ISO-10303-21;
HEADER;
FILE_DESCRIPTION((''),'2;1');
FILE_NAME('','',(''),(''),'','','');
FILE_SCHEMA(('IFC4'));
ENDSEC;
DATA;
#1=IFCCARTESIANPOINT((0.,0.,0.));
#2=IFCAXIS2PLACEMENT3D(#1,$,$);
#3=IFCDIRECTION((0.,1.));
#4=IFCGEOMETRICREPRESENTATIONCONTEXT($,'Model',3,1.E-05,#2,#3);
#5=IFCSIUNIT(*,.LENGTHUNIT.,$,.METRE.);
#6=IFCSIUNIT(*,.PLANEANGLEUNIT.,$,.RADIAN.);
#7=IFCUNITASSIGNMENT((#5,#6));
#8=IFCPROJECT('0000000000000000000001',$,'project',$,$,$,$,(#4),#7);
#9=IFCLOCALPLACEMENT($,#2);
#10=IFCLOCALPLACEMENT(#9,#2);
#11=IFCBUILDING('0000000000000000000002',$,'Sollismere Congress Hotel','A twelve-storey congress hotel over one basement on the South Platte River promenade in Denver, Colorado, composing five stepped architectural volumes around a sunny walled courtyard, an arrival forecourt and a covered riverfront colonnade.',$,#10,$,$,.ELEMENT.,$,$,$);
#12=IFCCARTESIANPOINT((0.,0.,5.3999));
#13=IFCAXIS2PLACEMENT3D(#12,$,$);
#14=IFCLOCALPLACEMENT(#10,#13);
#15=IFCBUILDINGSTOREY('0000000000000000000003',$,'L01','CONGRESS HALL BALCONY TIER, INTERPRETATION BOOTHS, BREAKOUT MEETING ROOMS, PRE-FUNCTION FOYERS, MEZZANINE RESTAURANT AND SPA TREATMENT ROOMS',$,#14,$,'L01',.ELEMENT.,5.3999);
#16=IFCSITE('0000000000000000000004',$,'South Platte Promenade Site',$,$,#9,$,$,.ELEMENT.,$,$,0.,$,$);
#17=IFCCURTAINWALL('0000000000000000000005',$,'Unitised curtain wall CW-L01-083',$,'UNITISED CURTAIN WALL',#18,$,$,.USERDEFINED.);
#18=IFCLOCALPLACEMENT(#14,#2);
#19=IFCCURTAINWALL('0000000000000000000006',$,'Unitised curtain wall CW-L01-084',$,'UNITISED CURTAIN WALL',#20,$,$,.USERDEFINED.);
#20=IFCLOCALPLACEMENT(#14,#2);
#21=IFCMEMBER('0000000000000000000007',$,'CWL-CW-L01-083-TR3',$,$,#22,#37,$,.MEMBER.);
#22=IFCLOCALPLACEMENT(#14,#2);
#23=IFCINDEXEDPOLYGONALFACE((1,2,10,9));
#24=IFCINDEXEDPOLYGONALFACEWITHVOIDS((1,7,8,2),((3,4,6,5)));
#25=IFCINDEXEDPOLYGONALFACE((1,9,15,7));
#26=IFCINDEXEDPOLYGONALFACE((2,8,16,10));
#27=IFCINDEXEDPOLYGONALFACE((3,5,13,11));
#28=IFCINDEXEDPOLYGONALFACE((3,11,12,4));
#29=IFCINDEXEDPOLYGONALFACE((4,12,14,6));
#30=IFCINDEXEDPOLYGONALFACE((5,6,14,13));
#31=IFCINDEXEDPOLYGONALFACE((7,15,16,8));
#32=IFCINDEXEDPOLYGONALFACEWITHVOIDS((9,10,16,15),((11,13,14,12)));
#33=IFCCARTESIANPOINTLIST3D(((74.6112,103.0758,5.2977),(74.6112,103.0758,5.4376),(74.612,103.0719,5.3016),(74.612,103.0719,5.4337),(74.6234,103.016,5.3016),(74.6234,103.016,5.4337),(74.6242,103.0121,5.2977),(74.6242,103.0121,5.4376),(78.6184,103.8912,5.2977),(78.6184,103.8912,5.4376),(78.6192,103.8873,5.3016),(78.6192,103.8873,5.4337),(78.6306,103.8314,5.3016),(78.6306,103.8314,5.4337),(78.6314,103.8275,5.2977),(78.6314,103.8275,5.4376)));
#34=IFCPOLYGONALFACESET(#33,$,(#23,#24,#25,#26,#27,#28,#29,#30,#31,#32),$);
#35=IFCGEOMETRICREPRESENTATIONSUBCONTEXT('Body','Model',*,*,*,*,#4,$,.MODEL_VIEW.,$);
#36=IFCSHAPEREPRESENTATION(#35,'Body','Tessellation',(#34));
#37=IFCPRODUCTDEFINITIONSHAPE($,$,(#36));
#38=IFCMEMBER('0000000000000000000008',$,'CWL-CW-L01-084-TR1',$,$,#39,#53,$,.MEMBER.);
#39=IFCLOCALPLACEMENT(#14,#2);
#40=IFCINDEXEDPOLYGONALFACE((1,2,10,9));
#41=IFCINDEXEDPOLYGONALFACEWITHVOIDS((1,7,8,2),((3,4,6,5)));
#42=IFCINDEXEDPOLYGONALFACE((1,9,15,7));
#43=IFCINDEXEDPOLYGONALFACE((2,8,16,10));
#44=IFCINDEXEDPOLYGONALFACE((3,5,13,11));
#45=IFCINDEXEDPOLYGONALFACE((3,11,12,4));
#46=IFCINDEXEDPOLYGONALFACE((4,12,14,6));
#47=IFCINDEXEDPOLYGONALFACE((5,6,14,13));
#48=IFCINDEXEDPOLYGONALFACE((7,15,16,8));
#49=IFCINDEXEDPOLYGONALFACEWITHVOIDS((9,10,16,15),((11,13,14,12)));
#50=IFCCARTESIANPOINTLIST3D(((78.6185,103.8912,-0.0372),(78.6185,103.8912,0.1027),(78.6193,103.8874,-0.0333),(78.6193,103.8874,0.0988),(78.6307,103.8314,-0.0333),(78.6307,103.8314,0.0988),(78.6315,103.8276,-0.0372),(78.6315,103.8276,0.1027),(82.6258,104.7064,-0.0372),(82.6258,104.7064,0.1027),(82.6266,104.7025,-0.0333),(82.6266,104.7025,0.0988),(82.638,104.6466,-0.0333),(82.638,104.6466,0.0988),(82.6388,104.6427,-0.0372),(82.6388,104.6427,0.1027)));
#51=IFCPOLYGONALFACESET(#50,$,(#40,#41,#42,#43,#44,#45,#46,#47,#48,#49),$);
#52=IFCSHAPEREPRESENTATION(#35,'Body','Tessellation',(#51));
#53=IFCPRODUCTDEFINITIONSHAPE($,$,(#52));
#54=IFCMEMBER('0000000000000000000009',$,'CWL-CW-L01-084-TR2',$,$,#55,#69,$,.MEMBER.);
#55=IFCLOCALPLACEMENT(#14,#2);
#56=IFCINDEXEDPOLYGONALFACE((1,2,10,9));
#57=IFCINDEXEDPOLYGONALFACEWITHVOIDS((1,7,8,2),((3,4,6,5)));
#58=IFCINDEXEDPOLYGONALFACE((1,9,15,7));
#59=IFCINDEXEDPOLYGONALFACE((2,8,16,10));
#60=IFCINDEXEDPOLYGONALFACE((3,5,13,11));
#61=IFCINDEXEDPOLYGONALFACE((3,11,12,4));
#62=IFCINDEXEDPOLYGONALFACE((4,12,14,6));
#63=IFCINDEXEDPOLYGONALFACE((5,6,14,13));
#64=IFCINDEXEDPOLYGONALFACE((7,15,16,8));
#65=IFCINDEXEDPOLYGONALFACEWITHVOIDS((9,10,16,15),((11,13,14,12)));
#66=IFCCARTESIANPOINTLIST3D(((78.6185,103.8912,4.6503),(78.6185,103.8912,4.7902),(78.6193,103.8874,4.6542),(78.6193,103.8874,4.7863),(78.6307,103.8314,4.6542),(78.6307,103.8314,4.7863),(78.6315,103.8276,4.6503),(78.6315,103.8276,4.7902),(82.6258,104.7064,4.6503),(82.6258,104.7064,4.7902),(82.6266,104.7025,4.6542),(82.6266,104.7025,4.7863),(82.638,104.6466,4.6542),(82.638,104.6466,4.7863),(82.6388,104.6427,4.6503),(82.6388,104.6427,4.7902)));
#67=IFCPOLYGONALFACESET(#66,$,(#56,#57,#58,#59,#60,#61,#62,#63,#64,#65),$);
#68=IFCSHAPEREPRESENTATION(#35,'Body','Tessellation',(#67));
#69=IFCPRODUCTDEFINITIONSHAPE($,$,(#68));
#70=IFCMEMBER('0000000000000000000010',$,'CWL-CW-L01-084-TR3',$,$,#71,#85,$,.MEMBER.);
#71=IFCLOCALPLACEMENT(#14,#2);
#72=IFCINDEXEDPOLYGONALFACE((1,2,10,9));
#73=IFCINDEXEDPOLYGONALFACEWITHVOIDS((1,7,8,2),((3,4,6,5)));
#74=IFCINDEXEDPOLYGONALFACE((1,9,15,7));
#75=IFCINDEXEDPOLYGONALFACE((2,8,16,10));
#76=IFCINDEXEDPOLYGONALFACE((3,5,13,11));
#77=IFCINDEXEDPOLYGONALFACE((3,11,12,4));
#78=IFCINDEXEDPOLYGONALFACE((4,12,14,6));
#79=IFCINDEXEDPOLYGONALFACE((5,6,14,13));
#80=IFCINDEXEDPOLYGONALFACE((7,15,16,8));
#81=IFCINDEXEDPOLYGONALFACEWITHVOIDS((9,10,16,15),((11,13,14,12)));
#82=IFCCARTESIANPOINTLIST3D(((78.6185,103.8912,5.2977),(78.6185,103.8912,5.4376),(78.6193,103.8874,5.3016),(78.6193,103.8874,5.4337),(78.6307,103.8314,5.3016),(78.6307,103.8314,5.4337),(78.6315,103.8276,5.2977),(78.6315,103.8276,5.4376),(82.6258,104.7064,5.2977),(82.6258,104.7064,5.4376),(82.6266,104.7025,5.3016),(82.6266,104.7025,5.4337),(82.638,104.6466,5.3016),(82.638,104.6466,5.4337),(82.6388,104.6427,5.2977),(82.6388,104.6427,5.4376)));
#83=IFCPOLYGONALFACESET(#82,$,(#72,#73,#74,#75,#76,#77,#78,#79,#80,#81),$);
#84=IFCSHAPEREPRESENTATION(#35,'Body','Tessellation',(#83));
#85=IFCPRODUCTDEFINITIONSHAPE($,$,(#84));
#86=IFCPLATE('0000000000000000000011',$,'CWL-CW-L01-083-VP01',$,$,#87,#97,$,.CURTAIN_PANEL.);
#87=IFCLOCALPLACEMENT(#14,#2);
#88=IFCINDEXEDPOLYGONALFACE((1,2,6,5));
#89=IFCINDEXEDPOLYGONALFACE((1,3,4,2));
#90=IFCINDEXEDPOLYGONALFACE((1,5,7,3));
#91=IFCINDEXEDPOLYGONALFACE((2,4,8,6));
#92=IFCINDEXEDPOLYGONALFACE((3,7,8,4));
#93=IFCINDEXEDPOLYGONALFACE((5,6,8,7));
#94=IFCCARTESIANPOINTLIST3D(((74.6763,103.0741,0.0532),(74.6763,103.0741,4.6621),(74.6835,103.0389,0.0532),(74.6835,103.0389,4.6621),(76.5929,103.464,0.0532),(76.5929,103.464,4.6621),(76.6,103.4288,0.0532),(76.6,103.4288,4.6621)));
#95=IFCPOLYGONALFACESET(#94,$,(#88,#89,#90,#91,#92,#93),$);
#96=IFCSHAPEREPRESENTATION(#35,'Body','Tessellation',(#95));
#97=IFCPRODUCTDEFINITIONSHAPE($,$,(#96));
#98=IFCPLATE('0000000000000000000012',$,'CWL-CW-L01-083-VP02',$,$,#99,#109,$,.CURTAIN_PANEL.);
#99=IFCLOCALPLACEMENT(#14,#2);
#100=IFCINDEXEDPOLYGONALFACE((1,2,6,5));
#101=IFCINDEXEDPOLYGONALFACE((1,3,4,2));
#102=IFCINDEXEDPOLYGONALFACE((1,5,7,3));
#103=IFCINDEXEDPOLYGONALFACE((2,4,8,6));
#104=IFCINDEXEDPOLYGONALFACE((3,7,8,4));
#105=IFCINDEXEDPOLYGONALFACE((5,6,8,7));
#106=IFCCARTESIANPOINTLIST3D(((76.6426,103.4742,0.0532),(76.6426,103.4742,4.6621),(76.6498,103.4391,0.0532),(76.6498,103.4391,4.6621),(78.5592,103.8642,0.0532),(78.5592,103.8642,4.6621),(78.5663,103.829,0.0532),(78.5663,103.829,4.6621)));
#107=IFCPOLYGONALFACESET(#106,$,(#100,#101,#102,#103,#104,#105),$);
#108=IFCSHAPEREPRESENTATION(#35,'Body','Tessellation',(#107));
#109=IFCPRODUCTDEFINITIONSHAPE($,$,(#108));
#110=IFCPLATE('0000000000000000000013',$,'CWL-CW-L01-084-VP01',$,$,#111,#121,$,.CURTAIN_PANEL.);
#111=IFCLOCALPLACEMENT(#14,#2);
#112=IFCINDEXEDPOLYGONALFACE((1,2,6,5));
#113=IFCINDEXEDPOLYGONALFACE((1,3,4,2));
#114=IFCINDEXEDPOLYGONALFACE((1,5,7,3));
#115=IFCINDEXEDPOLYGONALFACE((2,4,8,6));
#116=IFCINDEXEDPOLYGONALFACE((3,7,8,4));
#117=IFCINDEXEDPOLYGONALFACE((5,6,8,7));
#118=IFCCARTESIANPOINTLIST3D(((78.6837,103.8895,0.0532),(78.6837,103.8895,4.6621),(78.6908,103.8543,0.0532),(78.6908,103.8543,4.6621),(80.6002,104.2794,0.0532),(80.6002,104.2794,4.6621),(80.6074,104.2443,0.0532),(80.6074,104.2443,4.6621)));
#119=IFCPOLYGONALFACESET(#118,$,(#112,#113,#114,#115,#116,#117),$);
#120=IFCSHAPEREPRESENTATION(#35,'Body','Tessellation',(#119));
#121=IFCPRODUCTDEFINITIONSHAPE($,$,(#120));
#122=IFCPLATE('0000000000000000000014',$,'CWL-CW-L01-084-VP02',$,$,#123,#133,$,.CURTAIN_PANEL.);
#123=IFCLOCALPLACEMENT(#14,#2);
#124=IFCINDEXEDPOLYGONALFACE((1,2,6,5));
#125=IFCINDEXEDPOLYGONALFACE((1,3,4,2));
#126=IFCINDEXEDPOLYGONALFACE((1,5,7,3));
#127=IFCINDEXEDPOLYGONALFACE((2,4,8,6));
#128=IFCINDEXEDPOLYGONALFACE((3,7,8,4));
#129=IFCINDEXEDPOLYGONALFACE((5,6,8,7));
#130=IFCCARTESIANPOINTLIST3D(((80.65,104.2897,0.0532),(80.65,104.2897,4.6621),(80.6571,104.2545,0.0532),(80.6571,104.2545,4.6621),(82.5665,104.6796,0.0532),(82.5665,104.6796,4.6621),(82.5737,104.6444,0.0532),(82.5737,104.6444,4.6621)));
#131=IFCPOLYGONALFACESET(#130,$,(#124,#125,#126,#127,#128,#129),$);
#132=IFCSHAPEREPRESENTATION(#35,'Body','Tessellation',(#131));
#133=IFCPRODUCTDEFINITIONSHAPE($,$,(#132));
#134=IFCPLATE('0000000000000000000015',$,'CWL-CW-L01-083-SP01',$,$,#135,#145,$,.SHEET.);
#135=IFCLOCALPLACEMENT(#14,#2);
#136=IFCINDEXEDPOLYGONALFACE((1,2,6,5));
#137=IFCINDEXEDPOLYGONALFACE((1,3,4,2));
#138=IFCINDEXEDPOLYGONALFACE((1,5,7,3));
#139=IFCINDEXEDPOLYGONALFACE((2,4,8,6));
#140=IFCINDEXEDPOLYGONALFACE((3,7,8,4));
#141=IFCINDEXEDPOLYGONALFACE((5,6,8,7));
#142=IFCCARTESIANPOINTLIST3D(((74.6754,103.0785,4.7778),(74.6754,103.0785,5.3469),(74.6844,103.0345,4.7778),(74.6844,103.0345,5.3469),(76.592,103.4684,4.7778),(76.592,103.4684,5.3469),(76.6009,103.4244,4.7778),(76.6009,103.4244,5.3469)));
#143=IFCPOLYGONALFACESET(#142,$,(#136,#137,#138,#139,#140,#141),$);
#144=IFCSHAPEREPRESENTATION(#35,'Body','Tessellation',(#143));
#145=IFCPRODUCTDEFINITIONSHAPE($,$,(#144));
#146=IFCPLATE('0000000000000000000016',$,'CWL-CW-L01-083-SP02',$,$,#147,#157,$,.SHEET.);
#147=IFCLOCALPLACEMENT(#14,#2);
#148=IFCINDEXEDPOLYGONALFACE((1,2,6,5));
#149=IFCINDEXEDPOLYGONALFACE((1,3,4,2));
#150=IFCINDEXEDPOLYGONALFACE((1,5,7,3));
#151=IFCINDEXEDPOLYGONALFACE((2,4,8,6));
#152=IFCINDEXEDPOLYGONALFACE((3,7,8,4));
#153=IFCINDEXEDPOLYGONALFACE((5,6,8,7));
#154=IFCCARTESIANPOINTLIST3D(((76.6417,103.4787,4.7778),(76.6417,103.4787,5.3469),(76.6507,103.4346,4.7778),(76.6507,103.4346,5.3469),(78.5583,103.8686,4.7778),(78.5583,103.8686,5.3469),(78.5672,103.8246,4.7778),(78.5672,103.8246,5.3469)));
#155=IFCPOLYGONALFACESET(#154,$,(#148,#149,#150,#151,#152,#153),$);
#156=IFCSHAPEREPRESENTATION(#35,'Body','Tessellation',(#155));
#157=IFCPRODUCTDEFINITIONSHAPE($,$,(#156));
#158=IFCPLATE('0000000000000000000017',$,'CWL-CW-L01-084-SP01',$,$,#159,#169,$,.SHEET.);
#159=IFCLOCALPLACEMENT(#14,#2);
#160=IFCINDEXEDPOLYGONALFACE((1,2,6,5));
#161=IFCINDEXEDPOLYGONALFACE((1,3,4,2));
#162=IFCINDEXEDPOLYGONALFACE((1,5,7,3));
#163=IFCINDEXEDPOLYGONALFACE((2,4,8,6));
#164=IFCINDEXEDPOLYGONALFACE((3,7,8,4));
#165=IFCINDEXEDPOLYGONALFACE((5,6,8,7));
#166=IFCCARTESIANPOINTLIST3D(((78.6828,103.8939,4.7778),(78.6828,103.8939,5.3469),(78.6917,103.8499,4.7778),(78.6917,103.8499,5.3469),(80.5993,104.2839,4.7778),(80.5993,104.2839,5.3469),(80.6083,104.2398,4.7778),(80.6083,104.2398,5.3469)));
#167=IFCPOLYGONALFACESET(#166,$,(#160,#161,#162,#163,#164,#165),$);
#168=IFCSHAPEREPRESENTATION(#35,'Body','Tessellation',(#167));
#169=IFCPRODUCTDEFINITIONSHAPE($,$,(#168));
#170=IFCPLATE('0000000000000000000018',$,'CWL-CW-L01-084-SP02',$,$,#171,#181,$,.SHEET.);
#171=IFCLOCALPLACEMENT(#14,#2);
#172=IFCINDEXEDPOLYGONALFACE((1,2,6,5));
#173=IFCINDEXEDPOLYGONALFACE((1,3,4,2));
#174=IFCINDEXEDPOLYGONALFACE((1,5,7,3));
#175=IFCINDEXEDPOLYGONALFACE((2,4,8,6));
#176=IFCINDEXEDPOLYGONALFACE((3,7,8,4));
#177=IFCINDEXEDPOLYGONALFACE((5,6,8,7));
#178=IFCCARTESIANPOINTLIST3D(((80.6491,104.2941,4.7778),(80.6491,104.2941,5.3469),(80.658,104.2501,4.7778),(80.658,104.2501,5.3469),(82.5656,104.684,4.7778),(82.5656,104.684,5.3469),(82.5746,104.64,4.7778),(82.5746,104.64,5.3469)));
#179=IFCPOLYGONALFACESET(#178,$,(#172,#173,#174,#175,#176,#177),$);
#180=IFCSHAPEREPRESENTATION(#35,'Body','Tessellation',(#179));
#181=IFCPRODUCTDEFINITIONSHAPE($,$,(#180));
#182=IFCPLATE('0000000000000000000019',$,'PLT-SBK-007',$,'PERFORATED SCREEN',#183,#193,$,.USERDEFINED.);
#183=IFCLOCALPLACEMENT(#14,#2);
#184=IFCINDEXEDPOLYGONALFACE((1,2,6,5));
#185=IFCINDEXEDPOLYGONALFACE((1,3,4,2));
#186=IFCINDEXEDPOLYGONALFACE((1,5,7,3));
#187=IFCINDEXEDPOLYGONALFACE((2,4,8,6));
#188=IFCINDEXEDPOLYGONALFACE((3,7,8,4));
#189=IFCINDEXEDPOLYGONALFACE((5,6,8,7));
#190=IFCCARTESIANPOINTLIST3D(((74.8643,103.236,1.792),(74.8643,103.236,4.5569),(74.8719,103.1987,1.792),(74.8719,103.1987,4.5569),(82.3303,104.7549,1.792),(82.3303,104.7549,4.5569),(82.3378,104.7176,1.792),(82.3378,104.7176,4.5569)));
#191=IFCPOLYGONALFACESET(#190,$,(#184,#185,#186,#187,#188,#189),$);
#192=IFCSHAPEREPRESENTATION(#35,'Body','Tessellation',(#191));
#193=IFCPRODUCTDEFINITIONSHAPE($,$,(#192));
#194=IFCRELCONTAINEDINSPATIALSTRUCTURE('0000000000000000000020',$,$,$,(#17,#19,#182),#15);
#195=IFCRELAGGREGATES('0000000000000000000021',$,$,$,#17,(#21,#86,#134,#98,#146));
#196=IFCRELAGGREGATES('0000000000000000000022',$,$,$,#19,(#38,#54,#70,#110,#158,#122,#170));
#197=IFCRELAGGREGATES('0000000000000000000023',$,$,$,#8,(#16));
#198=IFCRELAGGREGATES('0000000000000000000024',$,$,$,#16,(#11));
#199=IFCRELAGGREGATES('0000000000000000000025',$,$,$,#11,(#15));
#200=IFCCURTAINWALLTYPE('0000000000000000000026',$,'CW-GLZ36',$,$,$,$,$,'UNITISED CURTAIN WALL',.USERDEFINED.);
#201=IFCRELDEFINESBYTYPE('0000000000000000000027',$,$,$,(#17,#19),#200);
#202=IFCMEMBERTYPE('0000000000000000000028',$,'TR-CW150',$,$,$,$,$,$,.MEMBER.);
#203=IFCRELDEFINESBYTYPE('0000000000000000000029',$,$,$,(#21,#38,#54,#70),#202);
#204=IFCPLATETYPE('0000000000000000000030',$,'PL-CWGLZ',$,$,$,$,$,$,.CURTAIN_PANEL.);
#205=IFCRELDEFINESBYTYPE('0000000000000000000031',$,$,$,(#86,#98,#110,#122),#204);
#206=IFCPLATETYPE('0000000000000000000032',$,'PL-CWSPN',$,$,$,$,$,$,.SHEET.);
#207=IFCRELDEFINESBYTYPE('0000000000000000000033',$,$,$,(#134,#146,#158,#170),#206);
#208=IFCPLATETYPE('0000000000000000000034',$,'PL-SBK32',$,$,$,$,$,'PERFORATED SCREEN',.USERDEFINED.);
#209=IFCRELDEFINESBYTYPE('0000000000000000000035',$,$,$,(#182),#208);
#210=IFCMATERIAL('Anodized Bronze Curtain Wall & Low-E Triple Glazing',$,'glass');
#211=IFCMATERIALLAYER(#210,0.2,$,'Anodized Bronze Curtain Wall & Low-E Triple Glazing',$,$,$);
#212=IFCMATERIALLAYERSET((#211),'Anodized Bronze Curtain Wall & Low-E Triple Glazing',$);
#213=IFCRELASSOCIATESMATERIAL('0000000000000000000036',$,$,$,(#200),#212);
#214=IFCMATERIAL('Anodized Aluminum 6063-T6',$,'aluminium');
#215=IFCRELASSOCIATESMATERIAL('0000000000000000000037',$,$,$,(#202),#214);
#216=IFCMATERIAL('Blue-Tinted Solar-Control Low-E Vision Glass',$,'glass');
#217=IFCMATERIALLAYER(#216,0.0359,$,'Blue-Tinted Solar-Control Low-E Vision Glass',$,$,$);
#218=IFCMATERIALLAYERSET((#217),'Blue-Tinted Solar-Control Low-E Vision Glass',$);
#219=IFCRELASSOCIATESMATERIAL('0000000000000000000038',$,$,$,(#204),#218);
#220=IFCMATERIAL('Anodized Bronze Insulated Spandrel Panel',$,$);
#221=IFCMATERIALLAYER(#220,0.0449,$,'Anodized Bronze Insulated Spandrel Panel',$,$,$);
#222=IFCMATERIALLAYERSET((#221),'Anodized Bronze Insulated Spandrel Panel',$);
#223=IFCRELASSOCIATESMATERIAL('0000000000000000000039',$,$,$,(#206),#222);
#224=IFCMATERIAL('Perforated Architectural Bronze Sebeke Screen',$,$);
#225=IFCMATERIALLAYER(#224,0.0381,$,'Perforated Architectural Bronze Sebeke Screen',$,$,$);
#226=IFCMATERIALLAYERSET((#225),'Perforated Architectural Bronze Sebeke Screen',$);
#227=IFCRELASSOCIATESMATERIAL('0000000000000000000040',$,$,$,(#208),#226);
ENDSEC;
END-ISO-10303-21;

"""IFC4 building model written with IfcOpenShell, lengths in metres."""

from ifc_helpers import new_model, si_unit, direction, frame, origin, origin_2d, place, context, subcontext, project, spatial, rectangle, hollow_rectangle, extrude, material, layer, layer_set, material_profile, profile_set, type_object, element, aggregate, save


model = new_model("IFC4")

# Units and contexts
model_context = context("Model", 3, precision=1e-05, world=origin(), true_north=direction((0.0, 1.0)))
body_context = subcontext(model_context, "Body", "Model", "MODEL_VIEW")
ifc_project = project(units=[si_unit("LENGTHUNIT", "METRE"), si_unit("PLANEANGLEUNIT", "RADIAN")], contexts=[model_context])

# Site, building, storey
site_placement = place(None, origin())
site = spatial("IfcSite", under=ifc_project, at=site_placement, Name="South Platte Promenade Site", CompositionType="ELEMENT", RefElevation=0.0)
building_placement = place(site_placement, origin())
building = spatial("IfcBuilding", under=site, at=building_placement, Name="Sollismere Congress Hotel", Description="A twelve-storey congress hotel over one basement on the South Platte River promenade in Denver, Colorado, composing five stepped architectural volumes around a sunny walled courtyard, an arrival forecourt and a covered riverfront colonnade.", CompositionType="ELEMENT")
storey_placement = place(building_placement, frame((0.0, 0.0, 5.3999)))
storey = spatial("IfcBuildingStorey", under=building, at=storey_placement, Name="L01", Description="CONGRESS HALL BALCONY TIER, INTERPRETATION BOOTHS, BREAKOUT MEETING ROOMS, PRE-FUNCTION FOYERS, MEZZANINE RESTAURANT AND SPA TREATMENT ROOMS", LongName="L01", CompositionType="ELEMENT", Elevation=5.3999)

# Curtain walls
ifc_material_1 = material(Name="Anodized Bronze Curtain Wall & Low-E Triple Glazing", Category="glass")
ifc_layer_1 = layer(ifc_material_1, 0.2, Name="Anodized Bronze Curtain Wall & Low-E Triple Glazing")
ifc_layer_set_1 = layer_set([ifc_layer_1], Name="Anodized Bronze Curtain Wall & Low-E Triple Glazing")
curtain_wall_type = type_object("IfcCurtainWallType", Name="CW-GLZ36", ElementType="UNITISED CURTAIN WALL", PredefinedType="USERDEFINED", material=ifc_layer_set_1)
curtain_wall_1_placement = place(storey_placement, origin())
curtain_wall_1 = element("IfcCurtainWall", 1, at=curtain_wall_1_placement, inside=storey, type_object=curtain_wall_type, Name="Unitised curtain wall CW-L01-083", ObjectType="UNITISED CURTAIN WALL", PredefinedType="USERDEFINED")
ifc_material_2 = material(Name="Anodized Aluminum 6063-T6", Category="aluminium")
curtain_wall_2_placement = place(storey_placement, origin())
curtain_wall_2 = element("IfcCurtainWall", 2, at=curtain_wall_2_placement, inside=storey, type_object=curtain_wall_type, Name="Unitised curtain wall CW-L01-084", ObjectType="UNITISED CURTAIN WALL", PredefinedType="USERDEFINED")

# Members
ifc_material_profile_1 = material_profile(ifc_material_2, hollow_rectangle(XDim=0.0649, YDim=0.1399, WallThickness=0.0039, at=origin_2d()), Name="ALU140X65X4")
ifc_profile_set_1 = profile_set([ifc_material_profile_1], Name="Anodized Aluminum 6063-T6")
member_type_1 = type_object("IfcMemberType", Name="TR-CW150", PredefinedType="MEMBER", material=ifc_profile_set_1)
member_1_placement = place(storey_placement, frame((74.6177, 103.0439, 5.3677), z_axis=(0.979918, 0.199399, 0.0), x_axis=(-0.199399, 0.979918, 0.0)))
member_1 = element("IfcMember", 3, at=member_1_placement, type_object=member_type_1, Name="CWL-CW-L01-083-TR3", PredefinedType="MEMBER", context=body_context, shape_type="SweptSolid", body=[
    extrude(hollow_rectangle(XDim=0.0649, YDim=0.1399, WallThickness=0.0039, at=origin_2d()), origin(), (0.0, 0.0, 1.0), 4.0894),
])
member_2_placement = place(storey_placement, frame((78.625, 103.8594, 0.0327), z_axis=(0.97993, 0.199341, 0.0), x_axis=(-0.199341, 0.97993, 0.0)))
member_2 = element("IfcMember", 4, at=member_2_placement, type_object=member_type_1, Name="CWL-CW-L01-084-TR1", PredefinedType="MEMBER", context=body_context, shape_type="SweptSolid", body=[
    extrude(hollow_rectangle(XDim=0.0649, YDim=0.1399, WallThickness=0.0039, at=origin_2d()), origin(), (0.0, 0.0, 1.0), 4.0894),
])
member_3_placement = place(storey_placement, frame((78.625, 103.8594, 4.7202), z_axis=(0.97993, 0.199341, 0.0), x_axis=(-0.199341, 0.97993, 0.0)))
member_3 = element("IfcMember", 5, at=member_3_placement, type_object=member_type_1, Name="CWL-CW-L01-084-TR2", PredefinedType="MEMBER", context=body_context, shape_type="SweptSolid", body=[
    extrude(hollow_rectangle(XDim=0.0649, YDim=0.1399, WallThickness=0.0039, at=origin_2d()), origin(), (0.0, 0.0, 1.0), 4.0894),
])
member_4_placement = place(storey_placement, frame((78.625, 103.8594, 5.3677), z_axis=(0.97993, 0.199341, 0.0), x_axis=(-0.199341, 0.97993, 0.0)))
member_4 = element("IfcMember", 6, at=member_4_placement, type_object=member_type_1, Name="CWL-CW-L01-084-TR3", PredefinedType="MEMBER", context=body_context, shape_type="SweptSolid", body=[
    extrude(hollow_rectangle(XDim=0.0649, YDim=0.1399, WallThickness=0.0039, at=origin_2d()), origin(), (0.0, 0.0, 1.0), 4.0894),
])

# Plates
ifc_material_3 = material(Name="Blue-Tinted Solar-Control Low-E Vision Glass", Category="glass")
ifc_layer_2 = layer(ifc_material_3, 0.0359, Name="Blue-Tinted Solar-Control Low-E Vision Glass")
ifc_layer_set_2 = layer_set([ifc_layer_2], Name="Blue-Tinted Solar-Control Low-E Vision Glass")
plate_type_1 = type_object("IfcPlateType", Name="PL-CWGLZ", PredefinedType="CURTAIN_PANEL", material=ifc_layer_set_2)
plate_1_placement = place(storey_placement, frame((75.6382, 103.2515, 0.0532), z_axis=(0.0, 0.0, 1.0), x_axis=(0.979925, 0.199368, 0.0)))
plate_1 = element("IfcPlate", 7, at=plate_1_placement, type_object=plate_type_1, Name="CWL-CW-L01-083-VP01", PredefinedType="CURTAIN_PANEL", context=body_context, shape_type="SweptSolid", body=[
    extrude(rectangle(XDim=1.9558, YDim=0.0359, at=origin_2d()), origin(), (0.0, 0.0, 1.0), 4.6089),
])
plate_2_placement = place(storey_placement, frame((77.6045, 103.6516, 0.0532), z_axis=(0.0, 0.0, 1.0), x_axis=(0.979925, 0.199368, 0.0)))
plate_2 = element("IfcPlate", 8, at=plate_2_placement, type_object=plate_type_1, Name="CWL-CW-L01-083-VP02", PredefinedType="CURTAIN_PANEL", context=body_context, shape_type="SweptSolid", body=[
    extrude(rectangle(XDim=1.9558, YDim=0.0359, at=origin_2d()), origin(), (0.0, 0.0, 1.0), 4.6089),
])
plate_3_placement = place(storey_placement, frame((79.6455, 104.0669, 0.0532), z_axis=(0.0, 0.0, 1.0), x_axis=(0.979925, 0.199368, 0.0)))
plate_3 = element("IfcPlate", 9, at=plate_3_placement, type_object=plate_type_1, Name="CWL-CW-L01-084-VP01", PredefinedType="CURTAIN_PANEL", context=body_context, shape_type="SweptSolid", body=[
    extrude(rectangle(XDim=1.9558, YDim=0.0359, at=origin_2d()), origin(), (0.0, 0.0, 1.0), 4.6089),
])
plate_4_placement = place(storey_placement, frame((81.6118, 104.467, 0.0532), z_axis=(0.0, 0.0, 1.0), x_axis=(0.979925, 0.199368, 0.0)))
plate_4 = element("IfcPlate", 10, at=plate_4_placement, type_object=plate_type_1, Name="CWL-CW-L01-084-VP02", PredefinedType="CURTAIN_PANEL", context=body_context, shape_type="SweptSolid", body=[
    extrude(rectangle(XDim=1.9558, YDim=0.0359, at=origin_2d()), origin(), (0.0, 0.0, 1.0), 4.6089),
])
ifc_material_4 = material(Name="Anodized Bronze Insulated Spandrel Panel")
ifc_layer_3 = layer(ifc_material_4, 0.0449, Name="Anodized Bronze Insulated Spandrel Panel")
ifc_layer_set_3 = layer_set([ifc_layer_3], Name="Anodized Bronze Insulated Spandrel Panel")
plate_type_2 = type_object("IfcPlateType", Name="PL-CWSPN", PredefinedType="SHEET", material=ifc_layer_set_3)
plate_5_placement = place(storey_placement, frame((75.6382, 103.2515, 4.7778), z_axis=(0.0, 0.0, 1.0), x_axis=(0.979925, 0.199368, 0.0)))
plate_5 = element("IfcPlate", 11, at=plate_5_placement, type_object=plate_type_2, Name="CWL-CW-L01-083-SP01", PredefinedType="SHEET", context=body_context, shape_type="SweptSolid", body=[
    extrude(rectangle(XDim=1.9558, YDim=0.0449, at=origin_2d()), origin(), (0.0, 0.0, 1.0), 0.5691),
])
plate_6_placement = place(storey_placement, frame((77.6045, 103.6516, 4.7778), z_axis=(0.0, 0.0, 1.0), x_axis=(0.979925, 0.199368, 0.0)))
plate_6 = element("IfcPlate", 12, at=plate_6_placement, type_object=plate_type_2, Name="CWL-CW-L01-083-SP02", PredefinedType="SHEET", context=body_context, shape_type="SweptSolid", body=[
    extrude(rectangle(XDim=1.9558, YDim=0.0449, at=origin_2d()), origin(), (0.0, 0.0, 1.0), 0.5691),
])
aggregate(curtain_wall_1, [member_1, plate_1, plate_5, plate_2, plate_6])
plate_7_placement = place(storey_placement, frame((79.6455, 104.0669, 4.7778), z_axis=(0.0, 0.0, 1.0), x_axis=(0.979925, 0.199368, 0.0)))
plate_7 = element("IfcPlate", 13, at=plate_7_placement, type_object=plate_type_2, Name="CWL-CW-L01-084-SP01", PredefinedType="SHEET", context=body_context, shape_type="SweptSolid", body=[
    extrude(rectangle(XDim=1.9558, YDim=0.0449, at=origin_2d()), origin(), (0.0, 0.0, 1.0), 0.5691),
])
plate_8_placement = place(storey_placement, frame((81.6118, 104.467, 4.7778), z_axis=(0.0, 0.0, 1.0), x_axis=(0.979925, 0.199368, 0.0)))
plate_8 = element("IfcPlate", 14, at=plate_8_placement, type_object=plate_type_2, Name="CWL-CW-L01-084-SP02", PredefinedType="SHEET", context=body_context, shape_type="SweptSolid", body=[
    extrude(rectangle(XDim=1.9558, YDim=0.0449, at=origin_2d()), origin(), (0.0, 0.0, 1.0), 0.5691),
])
aggregate(curtain_wall_2, [member_2, member_3, member_4, plate_3, plate_7, plate_4, plate_8])
ifc_material_5 = material(Name="Perforated Architectural Bronze Sebeke Screen")
ifc_layer_4 = layer(ifc_material_5, 0.0381, Name="Perforated Architectural Bronze Sebeke Screen")
ifc_layer_set_4 = layer_set([ifc_layer_4], Name="Perforated Architectural Bronze Sebeke Screen")
plate_type_3 = type_object("IfcPlateType", Name="PL-SBK32", ElementType="PERFORATED SCREEN", PredefinedType="USERDEFINED", material=ifc_layer_set_4)
plate_9_placement = place(storey_placement, frame((78.6011, 103.9768, 1.792), z_axis=(0.0, 0.0, 1.0), x_axis=(0.979925, 0.199368, 0.0)))
element("IfcPlate", 15, at=plate_9_placement, inside=storey, type_object=plate_type_3, Name="PLT-SBK-007", ObjectType="PERFORATED SCREEN", PredefinedType="USERDEFINED", context=body_context, shape_type="SweptSolid", body=[
    extrude(rectangle(XDim=7.6189, YDim=0.0381, at=origin_2d()), origin(), (0.0, 0.0, 1.0), 2.7649),
])

save(model, "model.ifc")
